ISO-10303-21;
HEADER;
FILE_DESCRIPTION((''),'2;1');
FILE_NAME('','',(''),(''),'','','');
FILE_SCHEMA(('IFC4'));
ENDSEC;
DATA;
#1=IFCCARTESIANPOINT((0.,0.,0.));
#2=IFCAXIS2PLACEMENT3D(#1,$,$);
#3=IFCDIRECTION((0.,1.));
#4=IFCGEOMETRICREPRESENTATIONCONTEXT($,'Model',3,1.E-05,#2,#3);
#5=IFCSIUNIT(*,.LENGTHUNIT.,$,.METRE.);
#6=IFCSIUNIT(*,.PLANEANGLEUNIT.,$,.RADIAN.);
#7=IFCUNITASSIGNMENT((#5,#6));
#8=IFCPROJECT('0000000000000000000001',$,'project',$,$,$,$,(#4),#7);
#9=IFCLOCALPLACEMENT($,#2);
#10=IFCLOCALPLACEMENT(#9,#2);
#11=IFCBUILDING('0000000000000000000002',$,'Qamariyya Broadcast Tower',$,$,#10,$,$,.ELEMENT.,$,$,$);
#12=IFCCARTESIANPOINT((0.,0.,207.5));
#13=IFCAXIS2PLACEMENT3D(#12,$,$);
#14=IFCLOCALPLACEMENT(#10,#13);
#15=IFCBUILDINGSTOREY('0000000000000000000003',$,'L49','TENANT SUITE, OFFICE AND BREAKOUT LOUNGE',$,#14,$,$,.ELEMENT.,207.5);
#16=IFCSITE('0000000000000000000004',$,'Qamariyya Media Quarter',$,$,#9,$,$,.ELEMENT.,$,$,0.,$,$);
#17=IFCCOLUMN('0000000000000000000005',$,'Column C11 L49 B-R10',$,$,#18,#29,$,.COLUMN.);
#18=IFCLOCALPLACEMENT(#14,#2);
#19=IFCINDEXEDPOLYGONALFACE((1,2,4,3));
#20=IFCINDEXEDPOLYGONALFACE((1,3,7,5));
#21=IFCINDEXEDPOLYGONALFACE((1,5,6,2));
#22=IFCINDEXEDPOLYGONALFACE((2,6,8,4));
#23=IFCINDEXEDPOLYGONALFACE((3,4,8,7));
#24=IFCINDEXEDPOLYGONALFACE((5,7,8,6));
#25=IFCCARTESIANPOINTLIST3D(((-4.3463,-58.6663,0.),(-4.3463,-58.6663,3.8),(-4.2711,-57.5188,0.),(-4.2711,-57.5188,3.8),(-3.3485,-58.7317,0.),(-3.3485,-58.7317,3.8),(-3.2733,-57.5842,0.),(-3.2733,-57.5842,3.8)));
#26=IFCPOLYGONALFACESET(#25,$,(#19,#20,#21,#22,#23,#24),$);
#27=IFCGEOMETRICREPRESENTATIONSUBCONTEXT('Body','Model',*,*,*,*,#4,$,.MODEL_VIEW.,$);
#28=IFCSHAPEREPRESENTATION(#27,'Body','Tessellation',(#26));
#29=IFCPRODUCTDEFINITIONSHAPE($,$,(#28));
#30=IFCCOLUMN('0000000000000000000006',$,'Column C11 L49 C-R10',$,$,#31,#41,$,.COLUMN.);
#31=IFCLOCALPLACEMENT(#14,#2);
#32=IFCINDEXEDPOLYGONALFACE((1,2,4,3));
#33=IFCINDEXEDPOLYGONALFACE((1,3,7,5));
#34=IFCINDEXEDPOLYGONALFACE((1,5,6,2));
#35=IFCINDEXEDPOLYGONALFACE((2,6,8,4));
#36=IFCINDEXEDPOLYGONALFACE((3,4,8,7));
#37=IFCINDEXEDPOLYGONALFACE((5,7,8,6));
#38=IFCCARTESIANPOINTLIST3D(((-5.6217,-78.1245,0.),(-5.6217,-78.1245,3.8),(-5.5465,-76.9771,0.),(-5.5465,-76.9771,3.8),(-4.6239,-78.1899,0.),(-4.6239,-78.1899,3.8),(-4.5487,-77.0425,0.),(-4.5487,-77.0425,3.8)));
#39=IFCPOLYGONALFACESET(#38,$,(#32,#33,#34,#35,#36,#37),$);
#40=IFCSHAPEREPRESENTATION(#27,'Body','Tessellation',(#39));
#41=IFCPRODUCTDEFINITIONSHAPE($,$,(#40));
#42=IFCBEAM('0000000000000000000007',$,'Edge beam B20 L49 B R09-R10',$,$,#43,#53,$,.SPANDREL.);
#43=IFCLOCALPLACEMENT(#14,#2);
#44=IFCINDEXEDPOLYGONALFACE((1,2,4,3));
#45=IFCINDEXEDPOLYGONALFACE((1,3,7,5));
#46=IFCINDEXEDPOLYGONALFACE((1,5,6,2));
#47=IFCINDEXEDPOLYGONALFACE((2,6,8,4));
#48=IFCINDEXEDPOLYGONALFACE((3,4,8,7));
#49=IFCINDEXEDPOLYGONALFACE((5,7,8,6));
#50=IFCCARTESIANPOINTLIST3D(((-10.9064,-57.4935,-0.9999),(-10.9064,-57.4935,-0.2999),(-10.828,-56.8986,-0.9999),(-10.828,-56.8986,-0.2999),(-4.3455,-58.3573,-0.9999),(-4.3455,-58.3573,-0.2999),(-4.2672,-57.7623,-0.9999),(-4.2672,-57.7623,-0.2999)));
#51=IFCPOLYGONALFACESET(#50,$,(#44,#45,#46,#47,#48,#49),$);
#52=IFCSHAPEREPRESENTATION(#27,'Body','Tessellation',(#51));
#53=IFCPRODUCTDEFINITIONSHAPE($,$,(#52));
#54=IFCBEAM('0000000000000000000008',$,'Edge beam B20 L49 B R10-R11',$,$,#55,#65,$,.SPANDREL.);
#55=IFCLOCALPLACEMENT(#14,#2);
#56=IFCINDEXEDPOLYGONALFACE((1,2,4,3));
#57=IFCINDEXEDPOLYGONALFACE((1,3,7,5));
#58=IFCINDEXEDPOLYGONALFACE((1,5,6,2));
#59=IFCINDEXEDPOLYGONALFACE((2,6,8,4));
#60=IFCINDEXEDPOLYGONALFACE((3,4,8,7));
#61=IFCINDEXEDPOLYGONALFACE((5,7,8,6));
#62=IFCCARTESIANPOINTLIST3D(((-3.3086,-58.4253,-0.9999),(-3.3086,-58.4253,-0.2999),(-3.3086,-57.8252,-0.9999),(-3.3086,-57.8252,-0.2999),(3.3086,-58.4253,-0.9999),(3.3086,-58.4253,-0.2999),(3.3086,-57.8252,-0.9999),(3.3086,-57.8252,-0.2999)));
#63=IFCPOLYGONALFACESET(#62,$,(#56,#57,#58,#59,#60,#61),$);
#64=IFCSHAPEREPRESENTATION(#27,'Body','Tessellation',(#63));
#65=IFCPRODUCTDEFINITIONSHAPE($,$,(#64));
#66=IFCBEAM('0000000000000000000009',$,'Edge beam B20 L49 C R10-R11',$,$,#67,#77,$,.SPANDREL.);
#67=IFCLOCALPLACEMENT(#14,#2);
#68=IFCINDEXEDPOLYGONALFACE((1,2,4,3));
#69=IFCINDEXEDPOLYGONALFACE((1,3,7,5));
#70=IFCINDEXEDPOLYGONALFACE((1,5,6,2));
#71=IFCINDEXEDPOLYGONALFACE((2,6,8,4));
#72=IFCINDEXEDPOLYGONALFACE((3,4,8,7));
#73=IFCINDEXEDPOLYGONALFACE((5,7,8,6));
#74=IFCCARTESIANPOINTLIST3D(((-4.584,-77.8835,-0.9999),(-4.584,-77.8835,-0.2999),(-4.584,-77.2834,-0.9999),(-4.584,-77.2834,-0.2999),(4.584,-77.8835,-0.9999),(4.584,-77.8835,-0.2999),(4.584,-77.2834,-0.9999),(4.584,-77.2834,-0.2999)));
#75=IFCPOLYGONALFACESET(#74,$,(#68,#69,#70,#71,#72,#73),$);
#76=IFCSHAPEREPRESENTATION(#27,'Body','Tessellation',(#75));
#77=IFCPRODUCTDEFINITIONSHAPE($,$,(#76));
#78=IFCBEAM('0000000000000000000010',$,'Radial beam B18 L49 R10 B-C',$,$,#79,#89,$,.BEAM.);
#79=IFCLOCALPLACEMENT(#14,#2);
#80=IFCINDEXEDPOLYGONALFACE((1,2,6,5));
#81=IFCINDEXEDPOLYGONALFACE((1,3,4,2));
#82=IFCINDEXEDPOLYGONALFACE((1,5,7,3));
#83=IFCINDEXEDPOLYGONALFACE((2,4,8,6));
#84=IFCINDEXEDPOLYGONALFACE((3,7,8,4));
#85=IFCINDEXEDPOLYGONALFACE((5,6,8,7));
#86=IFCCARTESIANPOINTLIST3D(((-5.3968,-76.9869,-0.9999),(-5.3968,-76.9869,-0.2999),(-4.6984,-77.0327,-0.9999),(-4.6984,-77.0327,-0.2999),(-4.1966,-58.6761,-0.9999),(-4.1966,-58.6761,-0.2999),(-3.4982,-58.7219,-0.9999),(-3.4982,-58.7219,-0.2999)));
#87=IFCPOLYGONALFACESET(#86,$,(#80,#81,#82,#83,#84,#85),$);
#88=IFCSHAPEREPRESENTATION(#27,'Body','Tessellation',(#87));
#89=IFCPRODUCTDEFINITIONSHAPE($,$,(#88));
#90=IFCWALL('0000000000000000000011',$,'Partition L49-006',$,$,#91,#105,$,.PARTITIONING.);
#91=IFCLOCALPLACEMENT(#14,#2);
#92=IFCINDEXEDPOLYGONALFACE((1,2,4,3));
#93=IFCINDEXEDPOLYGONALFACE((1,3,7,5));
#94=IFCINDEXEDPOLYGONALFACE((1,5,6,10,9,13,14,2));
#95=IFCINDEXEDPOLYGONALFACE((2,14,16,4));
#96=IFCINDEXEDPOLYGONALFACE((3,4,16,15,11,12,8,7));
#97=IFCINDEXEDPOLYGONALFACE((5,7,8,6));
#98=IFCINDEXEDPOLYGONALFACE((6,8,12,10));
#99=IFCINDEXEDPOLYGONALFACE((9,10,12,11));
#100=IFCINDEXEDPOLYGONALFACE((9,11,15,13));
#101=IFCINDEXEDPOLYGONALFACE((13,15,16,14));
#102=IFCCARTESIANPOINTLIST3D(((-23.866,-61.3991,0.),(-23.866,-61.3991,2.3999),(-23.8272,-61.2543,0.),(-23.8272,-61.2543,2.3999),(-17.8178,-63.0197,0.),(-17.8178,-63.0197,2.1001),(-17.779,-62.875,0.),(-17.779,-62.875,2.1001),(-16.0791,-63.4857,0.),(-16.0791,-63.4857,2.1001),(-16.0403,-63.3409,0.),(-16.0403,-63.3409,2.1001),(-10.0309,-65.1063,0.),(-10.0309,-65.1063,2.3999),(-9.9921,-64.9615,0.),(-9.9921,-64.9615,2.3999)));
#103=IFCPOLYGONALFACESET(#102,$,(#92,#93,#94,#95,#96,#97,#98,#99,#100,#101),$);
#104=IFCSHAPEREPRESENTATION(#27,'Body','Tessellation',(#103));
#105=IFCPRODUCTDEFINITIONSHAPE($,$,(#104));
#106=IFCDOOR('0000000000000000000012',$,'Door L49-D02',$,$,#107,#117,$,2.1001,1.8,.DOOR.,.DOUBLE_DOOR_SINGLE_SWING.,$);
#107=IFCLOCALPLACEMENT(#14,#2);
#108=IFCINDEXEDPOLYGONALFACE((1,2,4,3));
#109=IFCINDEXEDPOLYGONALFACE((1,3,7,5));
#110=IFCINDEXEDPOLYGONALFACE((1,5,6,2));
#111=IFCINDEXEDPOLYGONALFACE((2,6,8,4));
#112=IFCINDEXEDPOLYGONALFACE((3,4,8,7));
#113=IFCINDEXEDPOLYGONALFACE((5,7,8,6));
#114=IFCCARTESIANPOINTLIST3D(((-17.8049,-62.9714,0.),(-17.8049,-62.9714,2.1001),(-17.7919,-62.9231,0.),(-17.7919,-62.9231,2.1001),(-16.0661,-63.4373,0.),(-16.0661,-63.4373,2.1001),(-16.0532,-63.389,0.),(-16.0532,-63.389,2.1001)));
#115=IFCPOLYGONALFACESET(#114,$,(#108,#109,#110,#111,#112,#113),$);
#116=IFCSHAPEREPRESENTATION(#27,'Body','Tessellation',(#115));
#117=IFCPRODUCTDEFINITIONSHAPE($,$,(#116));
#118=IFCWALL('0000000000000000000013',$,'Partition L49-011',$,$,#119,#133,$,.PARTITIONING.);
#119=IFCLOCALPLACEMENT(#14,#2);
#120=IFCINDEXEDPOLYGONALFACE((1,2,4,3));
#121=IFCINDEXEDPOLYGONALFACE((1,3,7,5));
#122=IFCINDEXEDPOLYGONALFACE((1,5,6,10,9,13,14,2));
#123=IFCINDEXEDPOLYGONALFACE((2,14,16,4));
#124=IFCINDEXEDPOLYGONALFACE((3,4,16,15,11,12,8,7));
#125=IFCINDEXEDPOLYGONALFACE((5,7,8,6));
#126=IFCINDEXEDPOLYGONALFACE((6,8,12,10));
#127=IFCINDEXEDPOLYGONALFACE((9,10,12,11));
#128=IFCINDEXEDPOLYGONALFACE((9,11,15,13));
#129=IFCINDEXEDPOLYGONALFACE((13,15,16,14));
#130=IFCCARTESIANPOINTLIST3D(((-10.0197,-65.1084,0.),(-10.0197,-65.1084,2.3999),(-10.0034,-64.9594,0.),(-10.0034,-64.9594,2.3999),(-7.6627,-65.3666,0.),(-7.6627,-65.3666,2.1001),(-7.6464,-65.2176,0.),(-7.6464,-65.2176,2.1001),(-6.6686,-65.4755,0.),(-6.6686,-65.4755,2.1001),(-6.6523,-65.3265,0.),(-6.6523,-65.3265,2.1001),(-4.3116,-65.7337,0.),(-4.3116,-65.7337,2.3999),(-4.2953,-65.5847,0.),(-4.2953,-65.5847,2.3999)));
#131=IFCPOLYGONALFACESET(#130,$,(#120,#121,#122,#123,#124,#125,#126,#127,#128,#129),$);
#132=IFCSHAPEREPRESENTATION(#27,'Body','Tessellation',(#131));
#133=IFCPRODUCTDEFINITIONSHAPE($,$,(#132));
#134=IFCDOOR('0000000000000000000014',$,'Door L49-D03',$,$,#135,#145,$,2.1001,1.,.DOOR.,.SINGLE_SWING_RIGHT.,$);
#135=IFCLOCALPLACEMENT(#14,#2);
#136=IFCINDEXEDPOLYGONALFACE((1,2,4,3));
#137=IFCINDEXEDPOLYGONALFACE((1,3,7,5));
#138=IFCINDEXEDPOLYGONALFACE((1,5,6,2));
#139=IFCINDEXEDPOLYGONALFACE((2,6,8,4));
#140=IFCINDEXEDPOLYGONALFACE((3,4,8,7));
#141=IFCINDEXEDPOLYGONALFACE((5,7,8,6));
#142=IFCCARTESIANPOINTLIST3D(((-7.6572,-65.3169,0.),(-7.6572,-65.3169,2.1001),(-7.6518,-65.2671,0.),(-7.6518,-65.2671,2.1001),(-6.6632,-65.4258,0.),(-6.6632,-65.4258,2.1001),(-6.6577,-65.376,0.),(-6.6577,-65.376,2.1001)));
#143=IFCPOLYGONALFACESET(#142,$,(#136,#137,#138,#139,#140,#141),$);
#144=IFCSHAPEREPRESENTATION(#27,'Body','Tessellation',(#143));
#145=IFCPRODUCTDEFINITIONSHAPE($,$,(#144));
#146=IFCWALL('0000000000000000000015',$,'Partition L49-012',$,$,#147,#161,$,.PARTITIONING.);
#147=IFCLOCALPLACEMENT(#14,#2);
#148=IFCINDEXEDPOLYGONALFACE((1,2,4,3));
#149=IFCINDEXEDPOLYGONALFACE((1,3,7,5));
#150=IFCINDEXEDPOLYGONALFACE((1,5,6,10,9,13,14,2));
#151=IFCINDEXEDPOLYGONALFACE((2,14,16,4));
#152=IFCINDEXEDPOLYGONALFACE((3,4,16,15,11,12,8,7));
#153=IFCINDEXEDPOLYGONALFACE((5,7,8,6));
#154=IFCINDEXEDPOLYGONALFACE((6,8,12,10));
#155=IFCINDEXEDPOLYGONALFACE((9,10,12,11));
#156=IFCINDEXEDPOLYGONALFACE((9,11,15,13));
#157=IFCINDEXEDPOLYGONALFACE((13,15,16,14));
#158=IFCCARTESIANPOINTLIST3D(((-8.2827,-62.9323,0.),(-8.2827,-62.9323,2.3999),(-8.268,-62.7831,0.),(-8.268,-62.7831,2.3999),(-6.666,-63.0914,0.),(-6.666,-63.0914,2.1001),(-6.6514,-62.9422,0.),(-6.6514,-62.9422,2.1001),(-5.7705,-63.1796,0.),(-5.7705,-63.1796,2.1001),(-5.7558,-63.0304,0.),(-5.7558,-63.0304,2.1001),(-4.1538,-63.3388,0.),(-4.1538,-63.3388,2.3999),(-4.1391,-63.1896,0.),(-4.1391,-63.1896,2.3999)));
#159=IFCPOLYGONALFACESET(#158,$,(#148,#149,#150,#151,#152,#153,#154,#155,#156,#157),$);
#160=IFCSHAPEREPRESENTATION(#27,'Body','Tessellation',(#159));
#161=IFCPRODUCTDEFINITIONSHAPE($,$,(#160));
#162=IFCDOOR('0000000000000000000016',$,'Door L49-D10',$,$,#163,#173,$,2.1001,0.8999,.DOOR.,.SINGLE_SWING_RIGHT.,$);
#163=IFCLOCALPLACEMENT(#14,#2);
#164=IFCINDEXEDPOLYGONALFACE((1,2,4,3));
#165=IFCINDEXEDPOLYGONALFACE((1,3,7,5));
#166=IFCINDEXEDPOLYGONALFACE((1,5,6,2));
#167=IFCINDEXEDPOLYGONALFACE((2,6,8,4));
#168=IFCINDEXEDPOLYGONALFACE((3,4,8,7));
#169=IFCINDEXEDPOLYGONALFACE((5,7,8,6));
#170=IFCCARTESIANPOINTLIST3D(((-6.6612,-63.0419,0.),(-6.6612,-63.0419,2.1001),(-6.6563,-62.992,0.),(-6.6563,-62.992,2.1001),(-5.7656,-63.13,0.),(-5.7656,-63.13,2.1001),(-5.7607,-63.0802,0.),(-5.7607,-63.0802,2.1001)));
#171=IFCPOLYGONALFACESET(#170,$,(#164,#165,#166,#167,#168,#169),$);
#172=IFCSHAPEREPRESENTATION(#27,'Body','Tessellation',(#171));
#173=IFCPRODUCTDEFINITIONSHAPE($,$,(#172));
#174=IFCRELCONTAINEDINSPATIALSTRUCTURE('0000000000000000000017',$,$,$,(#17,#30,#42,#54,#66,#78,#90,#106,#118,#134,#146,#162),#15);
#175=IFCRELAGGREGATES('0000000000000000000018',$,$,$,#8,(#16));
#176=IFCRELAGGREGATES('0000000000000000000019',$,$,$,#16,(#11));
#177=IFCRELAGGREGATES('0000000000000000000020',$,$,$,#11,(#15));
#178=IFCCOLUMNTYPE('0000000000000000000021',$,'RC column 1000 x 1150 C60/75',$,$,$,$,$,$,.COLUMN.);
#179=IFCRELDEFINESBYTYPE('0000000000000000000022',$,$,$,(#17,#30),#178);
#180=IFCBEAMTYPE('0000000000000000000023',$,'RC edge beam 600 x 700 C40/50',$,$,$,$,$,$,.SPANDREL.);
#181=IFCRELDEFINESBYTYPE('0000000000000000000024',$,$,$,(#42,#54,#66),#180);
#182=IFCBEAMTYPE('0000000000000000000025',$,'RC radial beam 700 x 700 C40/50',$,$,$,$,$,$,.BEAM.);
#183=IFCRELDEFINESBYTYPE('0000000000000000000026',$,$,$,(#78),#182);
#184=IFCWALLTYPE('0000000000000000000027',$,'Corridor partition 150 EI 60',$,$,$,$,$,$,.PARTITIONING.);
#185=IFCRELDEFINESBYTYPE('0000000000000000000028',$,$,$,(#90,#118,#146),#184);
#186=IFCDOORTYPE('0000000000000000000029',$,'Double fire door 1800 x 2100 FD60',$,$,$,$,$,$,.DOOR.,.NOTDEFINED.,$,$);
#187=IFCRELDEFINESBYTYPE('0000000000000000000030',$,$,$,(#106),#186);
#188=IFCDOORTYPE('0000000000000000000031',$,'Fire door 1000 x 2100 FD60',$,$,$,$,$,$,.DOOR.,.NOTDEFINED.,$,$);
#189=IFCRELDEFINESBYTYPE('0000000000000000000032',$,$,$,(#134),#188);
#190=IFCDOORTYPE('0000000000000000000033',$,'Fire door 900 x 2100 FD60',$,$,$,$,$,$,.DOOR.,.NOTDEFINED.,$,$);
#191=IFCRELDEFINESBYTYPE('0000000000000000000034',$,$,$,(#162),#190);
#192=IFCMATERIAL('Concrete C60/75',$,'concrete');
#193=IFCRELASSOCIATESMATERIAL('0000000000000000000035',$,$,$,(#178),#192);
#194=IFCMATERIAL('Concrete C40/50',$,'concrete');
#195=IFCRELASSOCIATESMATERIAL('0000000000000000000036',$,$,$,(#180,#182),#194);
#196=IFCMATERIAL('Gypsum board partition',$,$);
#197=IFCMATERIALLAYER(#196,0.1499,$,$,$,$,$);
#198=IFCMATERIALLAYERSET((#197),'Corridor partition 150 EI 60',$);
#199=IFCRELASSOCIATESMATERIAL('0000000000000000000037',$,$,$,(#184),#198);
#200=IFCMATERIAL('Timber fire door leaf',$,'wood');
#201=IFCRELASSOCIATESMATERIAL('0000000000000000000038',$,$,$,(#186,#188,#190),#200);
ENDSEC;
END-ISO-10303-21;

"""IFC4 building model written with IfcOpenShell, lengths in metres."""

from ifc_helpers import new_model, si_unit, direction, frame, frame_2d, origin, origin_2d, place, context, subcontext, project, spatial, rectangle, extrude, material, layer, layer_set, material_profile, profile_set, type_object, element, fill, save


model = new_model("IFC4")

# Units and contexts
model_context = context("Model", 3, precision=1e-05, world=origin(), true_north=direction((0.0, 1.0)))
body_context = subcontext(model_context, "Body", "Model", "MODEL_VIEW")
ifc_project = project(units=[si_unit("LENGTHUNIT", "METRE"), si_unit("PLANEANGLEUNIT", "RADIAN")], contexts=[model_context])

# Site, building, storey
site_placement = place(None, origin())
site = spatial("IfcSite", under=ifc_project, at=site_placement, Name="Qamariyya Media Quarter", CompositionType="ELEMENT", RefElevation=0.0)
building_placement = place(site_placement, origin())
building = spatial("IfcBuilding", under=site, at=building_placement, Name="Qamariyya Broadcast Tower", CompositionType="ELEMENT")
storey_placement = place(building_placement, frame((0.0, 0.0, 207.5)))
storey = spatial("IfcBuildingStorey", under=building, at=storey_placement, Name="L49", Description="TENANT SUITE, OFFICE AND BREAKOUT LOUNGE", CompositionType="ELEMENT", Elevation=207.5)

# Columns
ifc_material_1 = material(Name="Concrete C60/75", Category="concrete")
ifc_material_profile_1 = material_profile(ifc_material_1, rectangle(XDim=1.0, YDim=1.1499, at=origin_2d()))
ifc_profile_set_1 = profile_set([ifc_material_profile_1], Name="Concrete C60/75")
column_type = type_object("IfcColumnType", Name="RC column 1000 x 1150 C60/75", PredefinedType="COLUMN", material=ifc_profile_set_1)
for number, where, z_axis, x_axis, name in (
    (1, (-3.8098, -58.1252, 0.0), (0.0, 0.0, 1.0), (0.997859, -0.065403, 0.0), "Column C11 L49 B-R10"),
    (2, (-5.0852, -77.5835, 0.0), (0.0, 0.0, 1.0), (0.997859, -0.065403, 0.0), "Column C11 L49 C-R10"),
):
    element("IfcColumn", number, at=place(storey_placement, frame(where, z_axis=z_axis, x_axis=x_axis)), inside=storey, type_object=column_type, Name=name, PredefinedType="COLUMN", context=body_context, shape_type="SweptSolid", body=[
        extrude(rectangle(XDim=1.0, YDim=1.1499, at=origin_2d()), origin(), (0.0, 0.0, 1.0), 3.8),
    ])

# Beams
ifc_material_2 = material(Name="Concrete C40/50", Category="concrete")
ifc_material_profile_2 = material_profile(ifc_material_2, rectangle(XDim=0.6001, YDim=0.7, at=origin_2d()))
ifc_profile_set_2 = profile_set([ifc_material_profile_2], Name="Concrete C40/50")
beam_type_1 = type_object("IfcBeamType", Name="RC edge beam 600 x 700 C40/50", PredefinedType="SPANDREL", material=ifc_profile_set_2)
beam_1_placement = place(storey_placement, frame((-10.8672, -57.196, -0.6499), z_axis=(0.991444, -0.13053, 0.0), x_axis=(0.13053, 0.991444, 0.0)))
element("IfcBeam", 3, at=beam_1_placement, inside=storey, type_object=beam_type_1, Name="Edge beam B20 L49 B R09-R10", PredefinedType="SPANDREL", context=body_context, shape_type="SweptSolid", body=[
    extrude(rectangle(XDim=0.6001, YDim=0.7, at=origin_2d()), origin(), (0.0, 0.0, 1.0), 6.6174),
])
beam_2_placement = place(storey_placement, frame((-3.3086, -58.1252, -0.6499), z_axis=(1.0, 0.0, 0.0), x_axis=(0.0, 1.0, 0.0)))
element("IfcBeam", 4, at=beam_2_placement, inside=storey, type_object=beam_type_1, Name="Edge beam B20 L49 B R10-R11", PredefinedType="SPANDREL", context=body_context, shape_type="SweptSolid", body=[
    extrude(rectangle(XDim=0.6001, YDim=0.7, at=origin_2d()), origin(), (0.0, 0.0, 1.0), 6.6172),
])
beam_3_placement = place(storey_placement, frame((-4.584, -77.5835, -0.6499), z_axis=(1.0, 0.0, 0.0), x_axis=(0.0, 1.0, 0.0)))
element("IfcBeam", 5, at=beam_3_placement, inside=storey, type_object=beam_type_1, Name="Edge beam B20 L49 C R10-R11", PredefinedType="SPANDREL", context=body_context, shape_type="SweptSolid", body=[
    extrude(rectangle(XDim=0.6001, YDim=0.7, at=origin_2d()), origin(), (0.0, 0.0, 1.0), 9.168),
])
ifc_material_profile_3 = material_profile(ifc_material_2, rectangle(XDim=0.7, YDim=0.7, at=origin_2d()))
ifc_profile_set_3 = profile_set([ifc_material_profile_3], Name="Concrete C40/50")
beam_type_2 = type_object("IfcBeamType", Name="RC radial beam 700 x 700 C40/50", PredefinedType="BEAM", material=ifc_profile_set_3)
beam_4_placement = place(storey_placement, frame((-3.8474, -58.699, -0.6499), z_axis=(-0.065405, -0.997859, 0.0), x_axis=(0.997859, -0.065405, 0.0)))
element("IfcBeam", 6, at=beam_4_placement, inside=storey, type_object=beam_type_2, Name="Radial beam B18 L49 R10 B-C", PredefinedType="BEAM", context=body_context, shape_type="SweptSolid", body=[
    extrude(rectangle(XDim=0.7, YDim=0.7, at=origin_2d()), origin(), (0.0, 0.0, 1.0), 18.3501),
])

# Walls, openings, doors
ifc_material_3 = material(Name="Gypsum board partition")
ifc_layer_1 = layer(ifc_material_3, 0.1499)
ifc_layer_set_1 = layer_set([ifc_layer_1], Name="Corridor partition 150 EI 60")
wall_type_1 = type_object("IfcWallType", Name="Corridor partition 150 EI 60", PredefinedType="PARTITIONING", material=ifc_layer_set_1)
wall_1_placement = place(storey_placement, frame((-10.0115, -65.0339, 0.0), z_axis=(0.0, 0.0, 1.0), x_axis=(-0.965923, 0.258828, 0.0)))
wall_1 = element("IfcWall", 7, at=wall_1_placement, inside=storey, type_object=wall_type_1, Name="Partition L49-006", PredefinedType="PARTITIONING", context=body_context, shape_type="SweptSolid", body=[
    extrude(rectangle(XDim=14.3232, YDim=0.1499, at=frame_2d((7.1616, 0.0))), origin(), (0.0, 0.0, 1.0), 2.3999),
])
opening_1_placement = place(wall_1_placement, frame((6.2617, 0.0, 0.0)))
opening_1 = element("IfcOpeningElement", 8, at=opening_1_placement, cuts=wall_1, PredefinedType="OPENING", context=body_context, shape_type="SweptSolid", body=[
    extrude(rectangle(XDim=1.8, YDim=2.1001, at=frame_2d((0.8999, 1.05))), frame((0.0, 0.085, 0.0), z_axis=(0.0, -1.0, 0.0), x_axis=(1.0, 0.0, 0.0)), (0.0, 0.0, 1.0), 0.1699),
])
ifc_material_4 = material(Name="Timber fire door leaf", Category="wood")
door_type_1 = type_object("IfcDoorType", Name="Double fire door 1800 x 2100 FD60", OperationType="NOTDEFINED", PredefinedType="DOOR", material=ifc_material_4)
door_1_placement = place(opening_1_placement, origin())
door_1 = element("IfcDoor", 9, at=door_1_placement, inside=storey, type_object=door_type_1, Name="Door L49-D02", OperationType="DOUBLE_DOOR_SINGLE_SWING", OverallHeight=2.1001, OverallWidth=1.8, PredefinedType="DOOR", context=body_context, shape_type="SweptSolid", body=[
    extrude(rectangle(XDim=1.8, YDim=2.1001, at=frame_2d((0.8999, 1.05))), frame((0.0, 0.0249, 0.0), z_axis=(0.0, -1.0, 0.0), x_axis=(1.0, 0.0, 0.0)), (0.0, 0.0, 1.0), 0.05),
])
fill(opening_1, door_1)
wall_2_placement = place(storey_placement, frame((-4.3035, -65.6592, 0.0), z_axis=(0.0, 0.0, 1.0), x_axis=(-0.994054, 0.108887, 0.0)))
wall_2 = element("IfcWall", 10, at=wall_2_placement, inside=storey, type_object=wall_type_1, Name="Partition L49-011", PredefinedType="PARTITIONING", context=body_context, shape_type="SweptSolid", body=[
    extrude(rectangle(XDim=5.7422, YDim=0.1499, at=frame_2d((2.8711, 0.0))), origin(), (0.0, 0.0, 1.0), 2.3999),
])
opening_2_placement = place(wall_2_placement, frame((2.3711, 0.0, 0.0)))
opening_2 = element("IfcOpeningElement", 11, at=opening_2_placement, cuts=wall_2, PredefinedType="OPENING", context=body_context, shape_type="SweptSolid", body=[
    extrude(rectangle(XDim=1.0, YDim=2.1001, at=frame_2d((0.5, 1.05))), frame((0.0, 0.085, 0.0), z_axis=(0.0, -1.0, 0.0), x_axis=(1.0, 0.0, 0.0)), (0.0, 0.0, 1.0), 0.1699),
])
door_type_2 = type_object("IfcDoorType", Name="Fire door 1000 x 2100 FD60", OperationType="NOTDEFINED", PredefinedType="DOOR", material=ifc_material_4)
door_2_placement = place(opening_2_placement, origin())
door_2 = element("IfcDoor", 12, at=door_2_placement, inside=storey, type_object=door_type_2, Name="Door L49-D03", OperationType="SINGLE_SWING_RIGHT", OverallHeight=2.1001, OverallWidth=1.0, PredefinedType="DOOR", context=body_context, shape_type="SweptSolid", body=[
    extrude(rectangle(XDim=1.0, YDim=2.1001, at=frame_2d((0.5, 1.05))), frame((0.0, 0.0249, 0.0), z_axis=(0.0, -1.0, 0.0), x_axis=(1.0, 0.0, 0.0)), (0.0, 0.0, 1.0), 0.05),
])
fill(opening_2, door_2)
wall_3_placement = place(storey_placement, frame((-8.2754, -62.8577, 0.0), z_axis=(0.0, 0.0, 1.0), x_axis=(0.995189, -0.097977, 0.0)))
wall_3 = element("IfcWall", 13, at=wall_3_placement, inside=storey, type_object=wall_type_1, Name="Partition L49-012", PredefinedType="PARTITIONING", context=body_context, shape_type="SweptSolid", body=[
    extrude(rectangle(XDim=4.1489, YDim=0.1499, at=frame_2d((2.0745, 0.0))), origin(), (0.0, 0.0, 1.0), 2.3999),
])
opening_3_placement = place(wall_3_placement, frame((1.6245, 0.0, 0.0)))
opening_3 = element("IfcOpeningElement", 14, at=opening_3_placement, cuts=wall_3, PredefinedType="OPENING", context=body_context, shape_type="SweptSolid", body=[
    extrude(rectangle(XDim=0.8999, YDim=2.1001, at=frame_2d((0.45, 1.05))), frame((0.0, 0.085, 0.0), z_axis=(0.0, -1.0, 0.0), x_axis=(1.0, 0.0, 0.0)), (0.0, 0.0, 1.0), 0.1699),
])
door_type_3 = type_object("IfcDoorType", Name="Fire door 900 x 2100 FD60", OperationType="NOTDEFINED", PredefinedType="DOOR", material=ifc_material_4)
door_3_placement = place(opening_3_placement, origin())
door_3 = element("IfcDoor", 15, at=door_3_placement, inside=storey, type_object=door_type_3, Name="Door L49-D10", OperationType="SINGLE_SWING_RIGHT", OverallHeight=2.1001, OverallWidth=0.8999, PredefinedType="DOOR", context=body_context, shape_type="SweptSolid", body=[
    extrude(rectangle(XDim=0.8999, YDim=2.1001, at=frame_2d((0.45, 1.05))), frame((0.0, 0.0249, 0.0), z_axis=(0.0, -1.0, 0.0), x_axis=(1.0, 0.0, 0.0)), (0.0, 0.0, 1.0), 0.05),
])
fill(opening_3, door_3)

save(model, "model.ifc")
